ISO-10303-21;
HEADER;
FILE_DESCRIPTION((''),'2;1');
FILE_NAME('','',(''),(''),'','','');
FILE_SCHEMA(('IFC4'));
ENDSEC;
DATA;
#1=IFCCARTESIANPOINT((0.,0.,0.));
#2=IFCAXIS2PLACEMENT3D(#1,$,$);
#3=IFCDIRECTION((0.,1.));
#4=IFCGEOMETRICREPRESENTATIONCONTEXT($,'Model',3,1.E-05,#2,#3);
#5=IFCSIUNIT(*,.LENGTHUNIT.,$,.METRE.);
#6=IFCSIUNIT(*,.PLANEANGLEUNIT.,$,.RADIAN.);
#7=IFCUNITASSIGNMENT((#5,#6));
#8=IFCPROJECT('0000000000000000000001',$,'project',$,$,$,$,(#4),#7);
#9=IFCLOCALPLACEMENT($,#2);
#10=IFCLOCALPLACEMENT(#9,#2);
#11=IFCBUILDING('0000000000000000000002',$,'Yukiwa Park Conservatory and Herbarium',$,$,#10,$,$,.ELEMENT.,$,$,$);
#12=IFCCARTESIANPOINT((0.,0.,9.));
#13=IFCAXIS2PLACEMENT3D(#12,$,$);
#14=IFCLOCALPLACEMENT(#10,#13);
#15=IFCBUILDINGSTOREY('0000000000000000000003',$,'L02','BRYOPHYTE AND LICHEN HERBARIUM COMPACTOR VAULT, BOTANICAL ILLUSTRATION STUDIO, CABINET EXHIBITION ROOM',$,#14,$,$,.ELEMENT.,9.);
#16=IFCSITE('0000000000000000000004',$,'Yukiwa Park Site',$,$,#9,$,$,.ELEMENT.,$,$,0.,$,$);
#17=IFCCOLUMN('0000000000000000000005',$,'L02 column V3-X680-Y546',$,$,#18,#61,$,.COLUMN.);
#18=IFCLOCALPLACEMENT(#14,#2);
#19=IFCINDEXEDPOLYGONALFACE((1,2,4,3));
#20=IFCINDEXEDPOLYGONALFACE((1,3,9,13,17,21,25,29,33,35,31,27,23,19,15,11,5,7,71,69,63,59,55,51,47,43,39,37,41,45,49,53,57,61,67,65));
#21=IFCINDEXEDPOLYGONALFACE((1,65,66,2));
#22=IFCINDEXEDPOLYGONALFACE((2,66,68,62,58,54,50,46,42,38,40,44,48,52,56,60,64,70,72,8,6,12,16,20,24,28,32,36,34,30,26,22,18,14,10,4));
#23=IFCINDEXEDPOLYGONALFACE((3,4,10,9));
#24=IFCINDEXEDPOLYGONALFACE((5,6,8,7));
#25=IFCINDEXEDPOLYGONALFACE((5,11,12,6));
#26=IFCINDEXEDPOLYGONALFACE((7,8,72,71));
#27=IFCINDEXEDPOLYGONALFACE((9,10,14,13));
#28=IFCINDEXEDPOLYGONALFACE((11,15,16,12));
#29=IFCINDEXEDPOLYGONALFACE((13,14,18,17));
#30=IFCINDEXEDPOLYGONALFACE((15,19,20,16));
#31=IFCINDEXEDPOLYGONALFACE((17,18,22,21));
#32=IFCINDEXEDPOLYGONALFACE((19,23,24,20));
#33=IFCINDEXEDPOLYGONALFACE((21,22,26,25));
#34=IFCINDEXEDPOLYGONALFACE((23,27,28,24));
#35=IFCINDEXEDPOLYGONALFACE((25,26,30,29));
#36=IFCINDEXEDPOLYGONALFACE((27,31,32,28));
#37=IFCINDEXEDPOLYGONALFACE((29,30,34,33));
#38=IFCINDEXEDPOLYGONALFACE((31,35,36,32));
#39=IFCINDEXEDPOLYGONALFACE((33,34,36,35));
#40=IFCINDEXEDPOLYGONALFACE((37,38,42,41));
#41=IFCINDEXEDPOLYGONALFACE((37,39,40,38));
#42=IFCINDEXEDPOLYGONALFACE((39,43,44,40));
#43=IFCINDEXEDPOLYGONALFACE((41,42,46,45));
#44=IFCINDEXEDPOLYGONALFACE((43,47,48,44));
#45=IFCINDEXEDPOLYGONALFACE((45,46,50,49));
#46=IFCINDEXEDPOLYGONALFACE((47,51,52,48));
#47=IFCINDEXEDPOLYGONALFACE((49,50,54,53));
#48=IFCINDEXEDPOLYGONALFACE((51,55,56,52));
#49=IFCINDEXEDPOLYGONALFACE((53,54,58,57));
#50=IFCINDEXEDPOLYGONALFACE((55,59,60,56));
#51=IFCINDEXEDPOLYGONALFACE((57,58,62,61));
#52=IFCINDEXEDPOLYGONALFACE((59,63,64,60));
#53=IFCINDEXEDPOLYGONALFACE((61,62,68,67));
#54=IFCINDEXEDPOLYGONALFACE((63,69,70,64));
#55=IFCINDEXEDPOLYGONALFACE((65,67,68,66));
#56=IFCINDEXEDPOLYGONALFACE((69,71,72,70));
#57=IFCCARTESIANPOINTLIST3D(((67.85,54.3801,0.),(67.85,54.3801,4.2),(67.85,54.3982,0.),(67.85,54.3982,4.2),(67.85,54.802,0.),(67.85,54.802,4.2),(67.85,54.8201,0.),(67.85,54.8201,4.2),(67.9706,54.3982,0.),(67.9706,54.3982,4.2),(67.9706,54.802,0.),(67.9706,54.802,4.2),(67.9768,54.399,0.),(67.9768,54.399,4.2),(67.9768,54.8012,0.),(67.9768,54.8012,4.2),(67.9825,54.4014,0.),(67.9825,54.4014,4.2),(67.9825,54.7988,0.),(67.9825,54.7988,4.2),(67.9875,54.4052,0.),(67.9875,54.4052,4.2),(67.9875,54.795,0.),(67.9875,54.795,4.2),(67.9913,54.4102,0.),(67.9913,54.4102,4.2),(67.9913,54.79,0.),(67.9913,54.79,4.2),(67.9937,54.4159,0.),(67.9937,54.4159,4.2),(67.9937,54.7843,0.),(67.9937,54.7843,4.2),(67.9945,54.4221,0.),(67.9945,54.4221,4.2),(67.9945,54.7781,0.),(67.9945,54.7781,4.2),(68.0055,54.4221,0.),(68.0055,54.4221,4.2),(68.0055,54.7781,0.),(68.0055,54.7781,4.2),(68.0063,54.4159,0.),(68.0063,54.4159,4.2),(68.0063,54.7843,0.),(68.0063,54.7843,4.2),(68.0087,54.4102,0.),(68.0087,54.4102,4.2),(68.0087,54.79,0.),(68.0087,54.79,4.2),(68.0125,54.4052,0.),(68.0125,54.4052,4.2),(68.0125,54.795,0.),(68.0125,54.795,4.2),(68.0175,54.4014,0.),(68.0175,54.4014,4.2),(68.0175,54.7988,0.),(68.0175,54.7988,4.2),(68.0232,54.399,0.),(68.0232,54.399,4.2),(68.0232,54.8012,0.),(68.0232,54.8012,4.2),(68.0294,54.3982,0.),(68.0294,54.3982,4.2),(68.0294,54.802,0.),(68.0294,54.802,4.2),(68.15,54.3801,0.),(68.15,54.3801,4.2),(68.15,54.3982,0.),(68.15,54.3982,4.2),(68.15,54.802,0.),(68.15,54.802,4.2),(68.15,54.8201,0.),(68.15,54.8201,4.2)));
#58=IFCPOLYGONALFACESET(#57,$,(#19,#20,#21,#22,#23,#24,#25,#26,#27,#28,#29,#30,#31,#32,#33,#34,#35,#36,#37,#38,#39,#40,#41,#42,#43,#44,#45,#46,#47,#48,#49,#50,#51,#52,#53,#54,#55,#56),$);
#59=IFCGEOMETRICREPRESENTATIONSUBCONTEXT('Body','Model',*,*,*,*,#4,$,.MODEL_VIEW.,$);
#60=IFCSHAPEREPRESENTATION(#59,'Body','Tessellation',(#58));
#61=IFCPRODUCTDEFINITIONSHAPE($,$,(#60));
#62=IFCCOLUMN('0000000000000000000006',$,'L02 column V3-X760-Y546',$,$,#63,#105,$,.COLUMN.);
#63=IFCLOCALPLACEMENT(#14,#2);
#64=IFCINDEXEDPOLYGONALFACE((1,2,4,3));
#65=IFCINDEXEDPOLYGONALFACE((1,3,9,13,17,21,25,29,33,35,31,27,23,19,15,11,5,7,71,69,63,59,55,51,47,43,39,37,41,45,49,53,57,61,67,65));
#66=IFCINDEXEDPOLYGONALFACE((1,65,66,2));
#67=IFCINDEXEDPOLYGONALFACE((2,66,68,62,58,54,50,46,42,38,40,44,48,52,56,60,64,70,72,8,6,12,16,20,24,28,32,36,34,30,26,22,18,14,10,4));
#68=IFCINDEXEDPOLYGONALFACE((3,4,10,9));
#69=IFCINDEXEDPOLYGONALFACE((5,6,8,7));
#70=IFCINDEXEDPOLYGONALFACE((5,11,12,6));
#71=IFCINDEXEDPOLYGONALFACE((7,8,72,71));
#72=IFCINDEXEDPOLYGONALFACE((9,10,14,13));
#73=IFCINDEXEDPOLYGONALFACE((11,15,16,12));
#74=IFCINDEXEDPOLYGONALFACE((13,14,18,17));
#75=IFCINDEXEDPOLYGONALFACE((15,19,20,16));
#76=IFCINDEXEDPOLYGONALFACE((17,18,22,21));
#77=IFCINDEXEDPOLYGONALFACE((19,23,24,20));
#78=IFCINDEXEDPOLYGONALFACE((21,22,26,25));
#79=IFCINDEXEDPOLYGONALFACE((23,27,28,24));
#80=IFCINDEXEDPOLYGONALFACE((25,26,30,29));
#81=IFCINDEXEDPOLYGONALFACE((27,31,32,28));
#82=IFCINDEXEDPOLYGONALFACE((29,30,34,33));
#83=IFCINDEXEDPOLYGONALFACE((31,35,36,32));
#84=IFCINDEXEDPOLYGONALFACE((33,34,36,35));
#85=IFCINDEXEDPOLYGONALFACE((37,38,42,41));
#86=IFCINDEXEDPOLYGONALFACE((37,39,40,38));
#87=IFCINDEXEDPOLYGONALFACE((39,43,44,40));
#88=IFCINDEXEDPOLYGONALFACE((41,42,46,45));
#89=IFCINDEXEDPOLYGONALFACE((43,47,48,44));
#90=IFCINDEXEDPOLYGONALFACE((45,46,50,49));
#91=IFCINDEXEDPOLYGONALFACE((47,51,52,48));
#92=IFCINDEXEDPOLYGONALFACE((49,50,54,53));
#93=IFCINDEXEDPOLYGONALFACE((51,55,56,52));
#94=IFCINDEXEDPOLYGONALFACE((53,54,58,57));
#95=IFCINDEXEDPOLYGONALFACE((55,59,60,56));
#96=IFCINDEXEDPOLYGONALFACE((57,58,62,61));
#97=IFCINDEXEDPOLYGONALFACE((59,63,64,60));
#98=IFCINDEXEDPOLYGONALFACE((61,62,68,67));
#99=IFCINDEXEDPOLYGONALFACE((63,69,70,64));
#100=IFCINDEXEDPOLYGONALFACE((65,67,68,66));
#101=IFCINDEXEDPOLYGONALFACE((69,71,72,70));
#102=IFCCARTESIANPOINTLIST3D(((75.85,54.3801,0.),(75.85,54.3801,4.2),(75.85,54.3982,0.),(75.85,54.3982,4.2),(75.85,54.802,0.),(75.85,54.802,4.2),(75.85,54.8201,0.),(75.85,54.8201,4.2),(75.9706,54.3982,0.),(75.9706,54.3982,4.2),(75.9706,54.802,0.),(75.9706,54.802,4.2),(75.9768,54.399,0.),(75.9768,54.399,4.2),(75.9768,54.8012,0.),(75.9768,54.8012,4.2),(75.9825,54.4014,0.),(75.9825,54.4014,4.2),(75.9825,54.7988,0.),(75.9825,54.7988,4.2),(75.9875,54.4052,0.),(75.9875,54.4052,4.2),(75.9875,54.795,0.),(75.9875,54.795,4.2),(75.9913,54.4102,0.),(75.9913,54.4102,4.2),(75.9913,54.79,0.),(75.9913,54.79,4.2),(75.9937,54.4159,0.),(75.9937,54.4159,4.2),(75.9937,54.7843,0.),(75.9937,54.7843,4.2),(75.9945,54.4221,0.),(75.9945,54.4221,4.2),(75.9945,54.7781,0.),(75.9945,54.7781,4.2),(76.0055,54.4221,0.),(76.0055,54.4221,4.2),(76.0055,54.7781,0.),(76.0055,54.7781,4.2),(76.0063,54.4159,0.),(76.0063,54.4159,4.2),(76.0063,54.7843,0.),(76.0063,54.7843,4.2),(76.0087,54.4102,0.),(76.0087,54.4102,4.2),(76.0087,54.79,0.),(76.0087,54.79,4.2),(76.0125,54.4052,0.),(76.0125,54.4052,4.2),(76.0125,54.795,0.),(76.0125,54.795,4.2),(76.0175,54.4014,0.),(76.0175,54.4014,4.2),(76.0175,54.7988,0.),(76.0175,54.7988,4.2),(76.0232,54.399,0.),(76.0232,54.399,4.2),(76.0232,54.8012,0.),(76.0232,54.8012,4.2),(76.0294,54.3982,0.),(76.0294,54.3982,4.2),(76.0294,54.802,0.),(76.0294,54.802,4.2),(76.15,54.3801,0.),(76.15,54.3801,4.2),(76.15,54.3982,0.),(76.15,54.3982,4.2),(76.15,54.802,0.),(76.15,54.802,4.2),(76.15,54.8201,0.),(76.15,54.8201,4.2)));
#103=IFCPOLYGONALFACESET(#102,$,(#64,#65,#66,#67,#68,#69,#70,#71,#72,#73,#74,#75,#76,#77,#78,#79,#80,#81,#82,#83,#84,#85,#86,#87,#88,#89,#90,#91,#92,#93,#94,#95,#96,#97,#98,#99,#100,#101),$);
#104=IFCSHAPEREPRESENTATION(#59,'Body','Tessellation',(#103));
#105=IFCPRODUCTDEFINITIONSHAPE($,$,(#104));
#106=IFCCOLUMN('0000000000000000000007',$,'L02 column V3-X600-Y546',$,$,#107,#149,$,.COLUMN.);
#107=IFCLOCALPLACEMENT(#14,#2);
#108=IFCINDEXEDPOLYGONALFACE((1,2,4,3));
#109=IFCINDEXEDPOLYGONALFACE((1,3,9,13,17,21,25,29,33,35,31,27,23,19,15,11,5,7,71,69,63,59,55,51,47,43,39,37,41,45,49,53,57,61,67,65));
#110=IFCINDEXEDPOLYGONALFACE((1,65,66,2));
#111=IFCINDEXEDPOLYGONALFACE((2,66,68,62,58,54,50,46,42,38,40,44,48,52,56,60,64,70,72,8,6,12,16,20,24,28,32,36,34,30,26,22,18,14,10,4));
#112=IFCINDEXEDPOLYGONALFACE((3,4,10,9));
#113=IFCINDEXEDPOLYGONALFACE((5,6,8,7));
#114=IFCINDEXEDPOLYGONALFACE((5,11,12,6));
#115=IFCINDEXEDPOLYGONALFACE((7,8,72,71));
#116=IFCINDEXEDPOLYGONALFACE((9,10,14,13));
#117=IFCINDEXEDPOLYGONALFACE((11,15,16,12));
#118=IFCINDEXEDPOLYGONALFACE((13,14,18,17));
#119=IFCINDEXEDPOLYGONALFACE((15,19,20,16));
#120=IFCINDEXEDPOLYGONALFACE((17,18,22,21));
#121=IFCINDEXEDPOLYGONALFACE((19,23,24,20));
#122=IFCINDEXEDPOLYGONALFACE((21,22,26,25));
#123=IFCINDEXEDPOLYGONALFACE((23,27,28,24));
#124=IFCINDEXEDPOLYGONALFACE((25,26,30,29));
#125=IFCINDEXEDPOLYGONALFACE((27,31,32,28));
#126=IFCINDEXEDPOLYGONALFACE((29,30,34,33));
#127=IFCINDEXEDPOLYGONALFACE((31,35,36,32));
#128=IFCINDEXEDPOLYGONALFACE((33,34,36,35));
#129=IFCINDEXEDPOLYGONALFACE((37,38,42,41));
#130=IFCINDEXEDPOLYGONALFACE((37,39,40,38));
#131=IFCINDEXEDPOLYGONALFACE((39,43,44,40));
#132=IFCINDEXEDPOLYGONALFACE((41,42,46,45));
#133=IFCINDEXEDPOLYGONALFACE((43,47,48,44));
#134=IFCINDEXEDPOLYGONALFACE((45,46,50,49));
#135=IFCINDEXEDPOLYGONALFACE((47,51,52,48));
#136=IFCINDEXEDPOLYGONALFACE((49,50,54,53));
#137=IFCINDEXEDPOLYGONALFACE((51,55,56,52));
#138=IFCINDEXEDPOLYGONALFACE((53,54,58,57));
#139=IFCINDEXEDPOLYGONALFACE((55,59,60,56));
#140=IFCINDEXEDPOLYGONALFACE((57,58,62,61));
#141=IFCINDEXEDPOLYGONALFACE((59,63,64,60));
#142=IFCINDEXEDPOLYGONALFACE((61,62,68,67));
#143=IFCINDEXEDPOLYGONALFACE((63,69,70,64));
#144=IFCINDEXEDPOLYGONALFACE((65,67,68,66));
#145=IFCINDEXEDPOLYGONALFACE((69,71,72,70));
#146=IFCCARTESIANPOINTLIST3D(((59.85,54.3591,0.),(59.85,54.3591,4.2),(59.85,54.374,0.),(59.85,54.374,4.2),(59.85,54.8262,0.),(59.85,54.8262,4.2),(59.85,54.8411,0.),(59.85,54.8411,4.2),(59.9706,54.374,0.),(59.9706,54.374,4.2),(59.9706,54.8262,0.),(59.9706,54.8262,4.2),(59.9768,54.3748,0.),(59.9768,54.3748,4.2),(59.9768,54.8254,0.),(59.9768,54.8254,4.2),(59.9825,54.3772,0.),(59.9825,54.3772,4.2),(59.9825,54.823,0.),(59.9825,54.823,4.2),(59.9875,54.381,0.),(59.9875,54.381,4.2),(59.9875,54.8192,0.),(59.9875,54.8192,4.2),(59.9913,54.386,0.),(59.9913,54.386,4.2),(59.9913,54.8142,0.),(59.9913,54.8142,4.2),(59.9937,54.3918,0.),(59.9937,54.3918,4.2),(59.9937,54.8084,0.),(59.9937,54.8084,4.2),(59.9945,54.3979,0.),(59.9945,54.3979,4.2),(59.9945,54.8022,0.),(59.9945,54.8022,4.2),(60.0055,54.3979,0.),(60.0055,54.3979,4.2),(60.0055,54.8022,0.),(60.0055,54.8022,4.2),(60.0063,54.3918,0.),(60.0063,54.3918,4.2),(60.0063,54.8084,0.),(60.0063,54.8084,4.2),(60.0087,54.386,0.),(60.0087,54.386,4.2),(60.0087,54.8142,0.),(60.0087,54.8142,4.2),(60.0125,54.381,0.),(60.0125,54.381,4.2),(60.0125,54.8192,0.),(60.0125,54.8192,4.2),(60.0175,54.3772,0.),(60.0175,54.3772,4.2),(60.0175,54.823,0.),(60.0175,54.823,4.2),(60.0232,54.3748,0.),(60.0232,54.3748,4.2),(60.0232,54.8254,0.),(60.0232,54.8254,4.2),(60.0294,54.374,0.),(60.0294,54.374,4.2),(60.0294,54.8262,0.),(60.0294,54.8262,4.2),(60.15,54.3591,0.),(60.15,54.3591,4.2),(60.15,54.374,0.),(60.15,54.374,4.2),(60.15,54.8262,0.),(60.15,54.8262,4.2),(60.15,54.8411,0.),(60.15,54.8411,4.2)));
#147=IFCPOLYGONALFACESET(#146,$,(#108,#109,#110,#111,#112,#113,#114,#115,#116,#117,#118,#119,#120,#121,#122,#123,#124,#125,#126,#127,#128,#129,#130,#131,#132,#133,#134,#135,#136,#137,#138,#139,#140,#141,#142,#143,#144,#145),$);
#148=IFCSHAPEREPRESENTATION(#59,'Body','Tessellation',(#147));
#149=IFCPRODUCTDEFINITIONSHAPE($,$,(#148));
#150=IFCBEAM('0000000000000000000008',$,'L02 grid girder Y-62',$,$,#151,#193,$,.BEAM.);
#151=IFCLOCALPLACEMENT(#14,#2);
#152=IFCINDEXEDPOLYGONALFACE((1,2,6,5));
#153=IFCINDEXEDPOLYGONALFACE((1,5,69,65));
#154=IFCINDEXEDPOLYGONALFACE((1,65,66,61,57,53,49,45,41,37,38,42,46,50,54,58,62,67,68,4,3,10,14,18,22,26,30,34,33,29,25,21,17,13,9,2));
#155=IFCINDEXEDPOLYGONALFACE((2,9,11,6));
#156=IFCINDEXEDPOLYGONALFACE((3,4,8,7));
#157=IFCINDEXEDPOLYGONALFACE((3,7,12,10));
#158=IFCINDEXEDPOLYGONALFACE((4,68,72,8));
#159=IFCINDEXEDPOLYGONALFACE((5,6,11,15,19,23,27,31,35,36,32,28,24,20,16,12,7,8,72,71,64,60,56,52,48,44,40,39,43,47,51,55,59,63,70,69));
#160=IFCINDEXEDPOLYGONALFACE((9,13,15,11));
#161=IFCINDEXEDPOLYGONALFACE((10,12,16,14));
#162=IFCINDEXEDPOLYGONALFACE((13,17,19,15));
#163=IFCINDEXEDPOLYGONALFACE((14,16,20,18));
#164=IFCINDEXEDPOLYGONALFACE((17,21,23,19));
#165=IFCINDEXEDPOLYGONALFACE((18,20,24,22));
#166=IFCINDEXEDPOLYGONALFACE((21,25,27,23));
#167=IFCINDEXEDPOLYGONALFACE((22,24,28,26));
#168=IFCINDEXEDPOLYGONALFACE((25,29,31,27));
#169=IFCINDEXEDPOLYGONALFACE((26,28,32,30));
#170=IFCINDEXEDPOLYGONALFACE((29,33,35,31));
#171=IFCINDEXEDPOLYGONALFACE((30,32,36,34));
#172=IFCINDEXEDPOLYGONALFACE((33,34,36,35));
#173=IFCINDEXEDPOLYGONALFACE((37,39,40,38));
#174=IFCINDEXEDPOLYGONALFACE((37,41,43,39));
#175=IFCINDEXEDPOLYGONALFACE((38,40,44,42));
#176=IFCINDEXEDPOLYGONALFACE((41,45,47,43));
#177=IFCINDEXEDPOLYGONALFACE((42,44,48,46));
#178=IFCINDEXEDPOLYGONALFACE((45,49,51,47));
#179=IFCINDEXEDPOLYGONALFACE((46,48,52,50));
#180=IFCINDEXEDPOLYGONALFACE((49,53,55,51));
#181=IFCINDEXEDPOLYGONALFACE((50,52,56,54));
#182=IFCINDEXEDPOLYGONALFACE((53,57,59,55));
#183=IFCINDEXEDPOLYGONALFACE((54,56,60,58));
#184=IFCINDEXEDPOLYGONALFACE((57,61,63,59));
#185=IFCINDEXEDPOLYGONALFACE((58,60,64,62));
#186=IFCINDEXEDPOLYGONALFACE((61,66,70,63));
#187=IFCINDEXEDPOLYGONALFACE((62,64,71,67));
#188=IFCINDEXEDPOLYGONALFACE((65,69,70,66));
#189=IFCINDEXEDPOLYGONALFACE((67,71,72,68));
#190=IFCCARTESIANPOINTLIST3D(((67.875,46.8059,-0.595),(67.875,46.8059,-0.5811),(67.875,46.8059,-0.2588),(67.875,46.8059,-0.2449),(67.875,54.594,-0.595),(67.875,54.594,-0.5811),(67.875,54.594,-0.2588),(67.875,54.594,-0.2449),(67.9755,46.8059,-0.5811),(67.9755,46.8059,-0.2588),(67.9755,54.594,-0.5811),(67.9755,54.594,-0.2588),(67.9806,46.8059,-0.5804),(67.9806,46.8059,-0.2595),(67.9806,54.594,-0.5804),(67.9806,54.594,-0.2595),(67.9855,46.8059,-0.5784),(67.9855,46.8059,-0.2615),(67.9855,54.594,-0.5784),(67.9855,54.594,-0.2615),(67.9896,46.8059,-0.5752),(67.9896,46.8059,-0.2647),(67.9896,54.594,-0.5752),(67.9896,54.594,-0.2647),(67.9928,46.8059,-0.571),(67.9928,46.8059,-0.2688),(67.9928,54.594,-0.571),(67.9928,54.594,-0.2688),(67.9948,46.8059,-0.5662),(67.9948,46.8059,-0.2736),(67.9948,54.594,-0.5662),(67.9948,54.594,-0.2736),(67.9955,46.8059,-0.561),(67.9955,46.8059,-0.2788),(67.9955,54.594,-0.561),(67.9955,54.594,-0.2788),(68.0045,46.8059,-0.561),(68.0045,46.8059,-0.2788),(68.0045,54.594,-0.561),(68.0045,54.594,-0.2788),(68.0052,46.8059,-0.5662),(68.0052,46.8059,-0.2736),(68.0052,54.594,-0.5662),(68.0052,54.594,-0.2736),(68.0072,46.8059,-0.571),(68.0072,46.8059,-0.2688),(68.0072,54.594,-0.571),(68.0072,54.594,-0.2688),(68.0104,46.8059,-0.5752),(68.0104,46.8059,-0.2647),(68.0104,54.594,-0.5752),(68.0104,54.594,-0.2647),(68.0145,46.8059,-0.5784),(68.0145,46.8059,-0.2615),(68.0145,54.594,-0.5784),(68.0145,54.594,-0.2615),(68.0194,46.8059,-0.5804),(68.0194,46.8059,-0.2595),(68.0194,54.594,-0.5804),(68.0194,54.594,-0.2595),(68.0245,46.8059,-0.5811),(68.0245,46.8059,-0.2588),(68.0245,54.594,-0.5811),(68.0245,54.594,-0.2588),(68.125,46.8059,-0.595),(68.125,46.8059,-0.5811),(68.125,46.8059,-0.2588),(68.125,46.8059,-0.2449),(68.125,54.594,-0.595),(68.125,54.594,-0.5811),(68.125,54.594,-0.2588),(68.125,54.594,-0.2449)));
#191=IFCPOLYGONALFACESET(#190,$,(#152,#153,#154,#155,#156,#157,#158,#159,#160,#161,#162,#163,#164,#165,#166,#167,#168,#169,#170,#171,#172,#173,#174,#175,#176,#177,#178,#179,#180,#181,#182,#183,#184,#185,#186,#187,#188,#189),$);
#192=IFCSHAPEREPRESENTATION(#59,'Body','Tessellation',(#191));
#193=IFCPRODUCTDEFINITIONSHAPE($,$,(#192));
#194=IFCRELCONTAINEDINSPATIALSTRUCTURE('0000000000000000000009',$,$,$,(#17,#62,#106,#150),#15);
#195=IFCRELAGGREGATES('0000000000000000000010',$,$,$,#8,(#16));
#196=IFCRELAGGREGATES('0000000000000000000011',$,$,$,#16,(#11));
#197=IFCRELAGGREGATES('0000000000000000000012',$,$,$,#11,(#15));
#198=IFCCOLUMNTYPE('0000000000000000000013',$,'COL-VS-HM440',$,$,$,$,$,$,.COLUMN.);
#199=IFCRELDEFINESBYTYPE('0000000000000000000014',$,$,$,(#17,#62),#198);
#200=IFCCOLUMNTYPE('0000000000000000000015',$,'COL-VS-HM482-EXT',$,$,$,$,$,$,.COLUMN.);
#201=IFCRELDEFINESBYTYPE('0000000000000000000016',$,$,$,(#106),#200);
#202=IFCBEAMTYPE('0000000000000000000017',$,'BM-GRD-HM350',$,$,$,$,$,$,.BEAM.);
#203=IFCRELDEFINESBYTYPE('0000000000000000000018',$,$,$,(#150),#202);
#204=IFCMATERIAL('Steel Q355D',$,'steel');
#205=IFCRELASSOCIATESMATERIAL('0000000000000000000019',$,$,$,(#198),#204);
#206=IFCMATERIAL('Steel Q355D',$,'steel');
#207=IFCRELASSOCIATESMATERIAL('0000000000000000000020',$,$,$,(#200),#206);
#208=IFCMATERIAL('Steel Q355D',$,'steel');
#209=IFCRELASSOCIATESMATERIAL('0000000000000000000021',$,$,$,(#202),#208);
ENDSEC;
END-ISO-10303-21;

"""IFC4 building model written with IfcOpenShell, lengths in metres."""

from ifc_helpers import new_model, si_unit, direction, frame, origin, origin_2d, place, context, subcontext, project, spatial, i_section, extrude, material, material_profile, profile_set, type_object, element, save


model = new_model("IFC4")

# Units and contexts
model_context = context("Model", 3, precision=1e-05, world=origin(), true_north=direction((0.0, 1.0)))
body_context = subcontext(model_context, "Body", "Model", "MODEL_VIEW")
ifc_project = project(units=[si_unit("LENGTHUNIT", "METRE"), si_unit("PLANEANGLEUNIT", "RADIAN")], contexts=[model_context])

# Site, building, storey
site_placement = place(None, origin())
site = spatial("IfcSite", under=ifc_project, at=site_placement, Name="Yukiwa Park Site", CompositionType="ELEMENT", RefElevation=0.0)
building_placement = place(site_placement, origin())
building = spatial("IfcBuilding", under=site, at=building_placement, Name="Yukiwa Park Conservatory and Herbarium", CompositionType="ELEMENT")
storey_placement = place(building_placement, frame((0.0, 0.0, 9.0)))
storey = spatial("IfcBuildingStorey", under=building, at=storey_placement, Name="L02", Description="BRYOPHYTE AND LICHEN HERBARIUM COMPACTOR VAULT, BOTANICAL ILLUSTRATION STUDIO, CABINET EXHIBITION ROOM", CompositionType="ELEMENT", Elevation=9.0)

# Columns
ifc_material_1 = material(Name="Steel Q355D", Category="steel")
ifc_material_profile_1 = material_profile(ifc_material_1, i_section(OverallWidth=0.3, OverallDepth=0.4399, WebThickness=0.011, FlangeThickness=0.0181, FilletRadius=0.0239, at=origin_2d()), Name="HM 440x300x11x18")
ifc_profile_set_1 = profile_set([ifc_material_profile_1], Name="Steel Q355D")
column_type_1 = type_object("IfcColumnType", Name="COL-VS-HM440", PredefinedType="COLUMN", material=ifc_profile_set_1)
for number, where, z_axis, x_axis, name in (
    (1, (68.0, 54.6001, 0.0), (0.0, 0.0, 1.0), (1.0, 0.0, 0.0), "L02 column V3-X680-Y546"),
    (2, (76.0, 54.6001, 0.0), (0.0, 0.0, 1.0), (1.0, 0.0, 0.0), "L02 column V3-X760-Y546"),
):
    element("IfcColumn", number, at=place(storey_placement, frame(where, z_axis=z_axis, x_axis=x_axis)), inside=storey, type_object=column_type_1, Name=name, PredefinedType="COLUMN", context=body_context, shape_type="SweptSolid", body=[
        extrude(i_section(OverallWidth=0.3, OverallDepth=0.4399, WebThickness=0.011, FlangeThickness=0.0181, FilletRadius=0.0239, at=origin_2d()), origin(), (0.0, 0.0, 1.0), 4.2),
    ])
ifc_material_2 = material(Name="Steel Q355D", Category="steel")
ifc_material_profile_2 = material_profile(ifc_material_2, i_section(OverallWidth=0.3, OverallDepth=0.4819, WebThickness=0.011, FlangeThickness=0.0149, FilletRadius=0.0239, at=origin_2d()), Name="HM 482x300x11x15")
ifc_profile_set_2 = profile_set([ifc_material_profile_2], Name="Steel Q355D")
column_type_2 = type_object("IfcColumnType", Name="COL-VS-HM482-EXT", PredefinedType="COLUMN", material=ifc_profile_set_2)
column_placement = place(storey_placement, frame((60.0, 54.6001, 0.0), z_axis=(0.0, 0.0, 1.0), x_axis=(1.0, 0.0, 0.0)))
element("IfcColumn", 3, at=column_placement, inside=storey, type_object=column_type_2, Name="L02 column V3-X600-Y546", PredefinedType="COLUMN", context=body_context, shape_type="SweptSolid", body=[
    extrude(i_section(OverallWidth=0.3, OverallDepth=0.4819, WebThickness=0.011, FlangeThickness=0.0149, FilletRadius=0.0239, at=origin_2d()), origin(), (0.0, 0.0, 1.0), 4.2),
])

# Beam
ifc_material_3 = material(Name="Steel Q355D", Category="steel")
ifc_material_profile_3 = material_profile(ifc_material_3, i_section(OverallWidth=0.25, OverallDepth=0.3501, WebThickness=0.009, FlangeThickness=0.0139, FilletRadius=0.02, at=origin_2d()), Name="HM 350x250x9x14")
ifc_profile_set_3 = profile_set([ifc_material_profile_3], Name="Steel Q355D")
beam_type_1 = type_object("IfcBeamType", Name="BM-GRD-HM350", PredefinedType="BEAM", material=ifc_profile_set_3)
for number, where, z_axis, x_axis, name in (
    (4, (68.0, 46.8059, -0.4199), (0.0, 1.0, 0.0), (-1.0, 0.0, 0.0), "L02 grid girder Y-62"),
):
    element("IfcBeam", number, at=place(storey_placement, frame(where, z_axis=z_axis, x_axis=x_axis)), inside=storey, type_object=beam_type_1, Name=name, PredefinedType="BEAM", context=body_context, shape_type="SweptSolid", body=[
        extrude(i_section(OverallWidth=0.25, OverallDepth=0.3501, WebThickness=0.009, FlangeThickness=0.0139, FilletRadius=0.02, at=origin_2d()), origin(), (0.0, 0.0, 1.0), 7.7881),
    ])

save(model, "model.ifc")
